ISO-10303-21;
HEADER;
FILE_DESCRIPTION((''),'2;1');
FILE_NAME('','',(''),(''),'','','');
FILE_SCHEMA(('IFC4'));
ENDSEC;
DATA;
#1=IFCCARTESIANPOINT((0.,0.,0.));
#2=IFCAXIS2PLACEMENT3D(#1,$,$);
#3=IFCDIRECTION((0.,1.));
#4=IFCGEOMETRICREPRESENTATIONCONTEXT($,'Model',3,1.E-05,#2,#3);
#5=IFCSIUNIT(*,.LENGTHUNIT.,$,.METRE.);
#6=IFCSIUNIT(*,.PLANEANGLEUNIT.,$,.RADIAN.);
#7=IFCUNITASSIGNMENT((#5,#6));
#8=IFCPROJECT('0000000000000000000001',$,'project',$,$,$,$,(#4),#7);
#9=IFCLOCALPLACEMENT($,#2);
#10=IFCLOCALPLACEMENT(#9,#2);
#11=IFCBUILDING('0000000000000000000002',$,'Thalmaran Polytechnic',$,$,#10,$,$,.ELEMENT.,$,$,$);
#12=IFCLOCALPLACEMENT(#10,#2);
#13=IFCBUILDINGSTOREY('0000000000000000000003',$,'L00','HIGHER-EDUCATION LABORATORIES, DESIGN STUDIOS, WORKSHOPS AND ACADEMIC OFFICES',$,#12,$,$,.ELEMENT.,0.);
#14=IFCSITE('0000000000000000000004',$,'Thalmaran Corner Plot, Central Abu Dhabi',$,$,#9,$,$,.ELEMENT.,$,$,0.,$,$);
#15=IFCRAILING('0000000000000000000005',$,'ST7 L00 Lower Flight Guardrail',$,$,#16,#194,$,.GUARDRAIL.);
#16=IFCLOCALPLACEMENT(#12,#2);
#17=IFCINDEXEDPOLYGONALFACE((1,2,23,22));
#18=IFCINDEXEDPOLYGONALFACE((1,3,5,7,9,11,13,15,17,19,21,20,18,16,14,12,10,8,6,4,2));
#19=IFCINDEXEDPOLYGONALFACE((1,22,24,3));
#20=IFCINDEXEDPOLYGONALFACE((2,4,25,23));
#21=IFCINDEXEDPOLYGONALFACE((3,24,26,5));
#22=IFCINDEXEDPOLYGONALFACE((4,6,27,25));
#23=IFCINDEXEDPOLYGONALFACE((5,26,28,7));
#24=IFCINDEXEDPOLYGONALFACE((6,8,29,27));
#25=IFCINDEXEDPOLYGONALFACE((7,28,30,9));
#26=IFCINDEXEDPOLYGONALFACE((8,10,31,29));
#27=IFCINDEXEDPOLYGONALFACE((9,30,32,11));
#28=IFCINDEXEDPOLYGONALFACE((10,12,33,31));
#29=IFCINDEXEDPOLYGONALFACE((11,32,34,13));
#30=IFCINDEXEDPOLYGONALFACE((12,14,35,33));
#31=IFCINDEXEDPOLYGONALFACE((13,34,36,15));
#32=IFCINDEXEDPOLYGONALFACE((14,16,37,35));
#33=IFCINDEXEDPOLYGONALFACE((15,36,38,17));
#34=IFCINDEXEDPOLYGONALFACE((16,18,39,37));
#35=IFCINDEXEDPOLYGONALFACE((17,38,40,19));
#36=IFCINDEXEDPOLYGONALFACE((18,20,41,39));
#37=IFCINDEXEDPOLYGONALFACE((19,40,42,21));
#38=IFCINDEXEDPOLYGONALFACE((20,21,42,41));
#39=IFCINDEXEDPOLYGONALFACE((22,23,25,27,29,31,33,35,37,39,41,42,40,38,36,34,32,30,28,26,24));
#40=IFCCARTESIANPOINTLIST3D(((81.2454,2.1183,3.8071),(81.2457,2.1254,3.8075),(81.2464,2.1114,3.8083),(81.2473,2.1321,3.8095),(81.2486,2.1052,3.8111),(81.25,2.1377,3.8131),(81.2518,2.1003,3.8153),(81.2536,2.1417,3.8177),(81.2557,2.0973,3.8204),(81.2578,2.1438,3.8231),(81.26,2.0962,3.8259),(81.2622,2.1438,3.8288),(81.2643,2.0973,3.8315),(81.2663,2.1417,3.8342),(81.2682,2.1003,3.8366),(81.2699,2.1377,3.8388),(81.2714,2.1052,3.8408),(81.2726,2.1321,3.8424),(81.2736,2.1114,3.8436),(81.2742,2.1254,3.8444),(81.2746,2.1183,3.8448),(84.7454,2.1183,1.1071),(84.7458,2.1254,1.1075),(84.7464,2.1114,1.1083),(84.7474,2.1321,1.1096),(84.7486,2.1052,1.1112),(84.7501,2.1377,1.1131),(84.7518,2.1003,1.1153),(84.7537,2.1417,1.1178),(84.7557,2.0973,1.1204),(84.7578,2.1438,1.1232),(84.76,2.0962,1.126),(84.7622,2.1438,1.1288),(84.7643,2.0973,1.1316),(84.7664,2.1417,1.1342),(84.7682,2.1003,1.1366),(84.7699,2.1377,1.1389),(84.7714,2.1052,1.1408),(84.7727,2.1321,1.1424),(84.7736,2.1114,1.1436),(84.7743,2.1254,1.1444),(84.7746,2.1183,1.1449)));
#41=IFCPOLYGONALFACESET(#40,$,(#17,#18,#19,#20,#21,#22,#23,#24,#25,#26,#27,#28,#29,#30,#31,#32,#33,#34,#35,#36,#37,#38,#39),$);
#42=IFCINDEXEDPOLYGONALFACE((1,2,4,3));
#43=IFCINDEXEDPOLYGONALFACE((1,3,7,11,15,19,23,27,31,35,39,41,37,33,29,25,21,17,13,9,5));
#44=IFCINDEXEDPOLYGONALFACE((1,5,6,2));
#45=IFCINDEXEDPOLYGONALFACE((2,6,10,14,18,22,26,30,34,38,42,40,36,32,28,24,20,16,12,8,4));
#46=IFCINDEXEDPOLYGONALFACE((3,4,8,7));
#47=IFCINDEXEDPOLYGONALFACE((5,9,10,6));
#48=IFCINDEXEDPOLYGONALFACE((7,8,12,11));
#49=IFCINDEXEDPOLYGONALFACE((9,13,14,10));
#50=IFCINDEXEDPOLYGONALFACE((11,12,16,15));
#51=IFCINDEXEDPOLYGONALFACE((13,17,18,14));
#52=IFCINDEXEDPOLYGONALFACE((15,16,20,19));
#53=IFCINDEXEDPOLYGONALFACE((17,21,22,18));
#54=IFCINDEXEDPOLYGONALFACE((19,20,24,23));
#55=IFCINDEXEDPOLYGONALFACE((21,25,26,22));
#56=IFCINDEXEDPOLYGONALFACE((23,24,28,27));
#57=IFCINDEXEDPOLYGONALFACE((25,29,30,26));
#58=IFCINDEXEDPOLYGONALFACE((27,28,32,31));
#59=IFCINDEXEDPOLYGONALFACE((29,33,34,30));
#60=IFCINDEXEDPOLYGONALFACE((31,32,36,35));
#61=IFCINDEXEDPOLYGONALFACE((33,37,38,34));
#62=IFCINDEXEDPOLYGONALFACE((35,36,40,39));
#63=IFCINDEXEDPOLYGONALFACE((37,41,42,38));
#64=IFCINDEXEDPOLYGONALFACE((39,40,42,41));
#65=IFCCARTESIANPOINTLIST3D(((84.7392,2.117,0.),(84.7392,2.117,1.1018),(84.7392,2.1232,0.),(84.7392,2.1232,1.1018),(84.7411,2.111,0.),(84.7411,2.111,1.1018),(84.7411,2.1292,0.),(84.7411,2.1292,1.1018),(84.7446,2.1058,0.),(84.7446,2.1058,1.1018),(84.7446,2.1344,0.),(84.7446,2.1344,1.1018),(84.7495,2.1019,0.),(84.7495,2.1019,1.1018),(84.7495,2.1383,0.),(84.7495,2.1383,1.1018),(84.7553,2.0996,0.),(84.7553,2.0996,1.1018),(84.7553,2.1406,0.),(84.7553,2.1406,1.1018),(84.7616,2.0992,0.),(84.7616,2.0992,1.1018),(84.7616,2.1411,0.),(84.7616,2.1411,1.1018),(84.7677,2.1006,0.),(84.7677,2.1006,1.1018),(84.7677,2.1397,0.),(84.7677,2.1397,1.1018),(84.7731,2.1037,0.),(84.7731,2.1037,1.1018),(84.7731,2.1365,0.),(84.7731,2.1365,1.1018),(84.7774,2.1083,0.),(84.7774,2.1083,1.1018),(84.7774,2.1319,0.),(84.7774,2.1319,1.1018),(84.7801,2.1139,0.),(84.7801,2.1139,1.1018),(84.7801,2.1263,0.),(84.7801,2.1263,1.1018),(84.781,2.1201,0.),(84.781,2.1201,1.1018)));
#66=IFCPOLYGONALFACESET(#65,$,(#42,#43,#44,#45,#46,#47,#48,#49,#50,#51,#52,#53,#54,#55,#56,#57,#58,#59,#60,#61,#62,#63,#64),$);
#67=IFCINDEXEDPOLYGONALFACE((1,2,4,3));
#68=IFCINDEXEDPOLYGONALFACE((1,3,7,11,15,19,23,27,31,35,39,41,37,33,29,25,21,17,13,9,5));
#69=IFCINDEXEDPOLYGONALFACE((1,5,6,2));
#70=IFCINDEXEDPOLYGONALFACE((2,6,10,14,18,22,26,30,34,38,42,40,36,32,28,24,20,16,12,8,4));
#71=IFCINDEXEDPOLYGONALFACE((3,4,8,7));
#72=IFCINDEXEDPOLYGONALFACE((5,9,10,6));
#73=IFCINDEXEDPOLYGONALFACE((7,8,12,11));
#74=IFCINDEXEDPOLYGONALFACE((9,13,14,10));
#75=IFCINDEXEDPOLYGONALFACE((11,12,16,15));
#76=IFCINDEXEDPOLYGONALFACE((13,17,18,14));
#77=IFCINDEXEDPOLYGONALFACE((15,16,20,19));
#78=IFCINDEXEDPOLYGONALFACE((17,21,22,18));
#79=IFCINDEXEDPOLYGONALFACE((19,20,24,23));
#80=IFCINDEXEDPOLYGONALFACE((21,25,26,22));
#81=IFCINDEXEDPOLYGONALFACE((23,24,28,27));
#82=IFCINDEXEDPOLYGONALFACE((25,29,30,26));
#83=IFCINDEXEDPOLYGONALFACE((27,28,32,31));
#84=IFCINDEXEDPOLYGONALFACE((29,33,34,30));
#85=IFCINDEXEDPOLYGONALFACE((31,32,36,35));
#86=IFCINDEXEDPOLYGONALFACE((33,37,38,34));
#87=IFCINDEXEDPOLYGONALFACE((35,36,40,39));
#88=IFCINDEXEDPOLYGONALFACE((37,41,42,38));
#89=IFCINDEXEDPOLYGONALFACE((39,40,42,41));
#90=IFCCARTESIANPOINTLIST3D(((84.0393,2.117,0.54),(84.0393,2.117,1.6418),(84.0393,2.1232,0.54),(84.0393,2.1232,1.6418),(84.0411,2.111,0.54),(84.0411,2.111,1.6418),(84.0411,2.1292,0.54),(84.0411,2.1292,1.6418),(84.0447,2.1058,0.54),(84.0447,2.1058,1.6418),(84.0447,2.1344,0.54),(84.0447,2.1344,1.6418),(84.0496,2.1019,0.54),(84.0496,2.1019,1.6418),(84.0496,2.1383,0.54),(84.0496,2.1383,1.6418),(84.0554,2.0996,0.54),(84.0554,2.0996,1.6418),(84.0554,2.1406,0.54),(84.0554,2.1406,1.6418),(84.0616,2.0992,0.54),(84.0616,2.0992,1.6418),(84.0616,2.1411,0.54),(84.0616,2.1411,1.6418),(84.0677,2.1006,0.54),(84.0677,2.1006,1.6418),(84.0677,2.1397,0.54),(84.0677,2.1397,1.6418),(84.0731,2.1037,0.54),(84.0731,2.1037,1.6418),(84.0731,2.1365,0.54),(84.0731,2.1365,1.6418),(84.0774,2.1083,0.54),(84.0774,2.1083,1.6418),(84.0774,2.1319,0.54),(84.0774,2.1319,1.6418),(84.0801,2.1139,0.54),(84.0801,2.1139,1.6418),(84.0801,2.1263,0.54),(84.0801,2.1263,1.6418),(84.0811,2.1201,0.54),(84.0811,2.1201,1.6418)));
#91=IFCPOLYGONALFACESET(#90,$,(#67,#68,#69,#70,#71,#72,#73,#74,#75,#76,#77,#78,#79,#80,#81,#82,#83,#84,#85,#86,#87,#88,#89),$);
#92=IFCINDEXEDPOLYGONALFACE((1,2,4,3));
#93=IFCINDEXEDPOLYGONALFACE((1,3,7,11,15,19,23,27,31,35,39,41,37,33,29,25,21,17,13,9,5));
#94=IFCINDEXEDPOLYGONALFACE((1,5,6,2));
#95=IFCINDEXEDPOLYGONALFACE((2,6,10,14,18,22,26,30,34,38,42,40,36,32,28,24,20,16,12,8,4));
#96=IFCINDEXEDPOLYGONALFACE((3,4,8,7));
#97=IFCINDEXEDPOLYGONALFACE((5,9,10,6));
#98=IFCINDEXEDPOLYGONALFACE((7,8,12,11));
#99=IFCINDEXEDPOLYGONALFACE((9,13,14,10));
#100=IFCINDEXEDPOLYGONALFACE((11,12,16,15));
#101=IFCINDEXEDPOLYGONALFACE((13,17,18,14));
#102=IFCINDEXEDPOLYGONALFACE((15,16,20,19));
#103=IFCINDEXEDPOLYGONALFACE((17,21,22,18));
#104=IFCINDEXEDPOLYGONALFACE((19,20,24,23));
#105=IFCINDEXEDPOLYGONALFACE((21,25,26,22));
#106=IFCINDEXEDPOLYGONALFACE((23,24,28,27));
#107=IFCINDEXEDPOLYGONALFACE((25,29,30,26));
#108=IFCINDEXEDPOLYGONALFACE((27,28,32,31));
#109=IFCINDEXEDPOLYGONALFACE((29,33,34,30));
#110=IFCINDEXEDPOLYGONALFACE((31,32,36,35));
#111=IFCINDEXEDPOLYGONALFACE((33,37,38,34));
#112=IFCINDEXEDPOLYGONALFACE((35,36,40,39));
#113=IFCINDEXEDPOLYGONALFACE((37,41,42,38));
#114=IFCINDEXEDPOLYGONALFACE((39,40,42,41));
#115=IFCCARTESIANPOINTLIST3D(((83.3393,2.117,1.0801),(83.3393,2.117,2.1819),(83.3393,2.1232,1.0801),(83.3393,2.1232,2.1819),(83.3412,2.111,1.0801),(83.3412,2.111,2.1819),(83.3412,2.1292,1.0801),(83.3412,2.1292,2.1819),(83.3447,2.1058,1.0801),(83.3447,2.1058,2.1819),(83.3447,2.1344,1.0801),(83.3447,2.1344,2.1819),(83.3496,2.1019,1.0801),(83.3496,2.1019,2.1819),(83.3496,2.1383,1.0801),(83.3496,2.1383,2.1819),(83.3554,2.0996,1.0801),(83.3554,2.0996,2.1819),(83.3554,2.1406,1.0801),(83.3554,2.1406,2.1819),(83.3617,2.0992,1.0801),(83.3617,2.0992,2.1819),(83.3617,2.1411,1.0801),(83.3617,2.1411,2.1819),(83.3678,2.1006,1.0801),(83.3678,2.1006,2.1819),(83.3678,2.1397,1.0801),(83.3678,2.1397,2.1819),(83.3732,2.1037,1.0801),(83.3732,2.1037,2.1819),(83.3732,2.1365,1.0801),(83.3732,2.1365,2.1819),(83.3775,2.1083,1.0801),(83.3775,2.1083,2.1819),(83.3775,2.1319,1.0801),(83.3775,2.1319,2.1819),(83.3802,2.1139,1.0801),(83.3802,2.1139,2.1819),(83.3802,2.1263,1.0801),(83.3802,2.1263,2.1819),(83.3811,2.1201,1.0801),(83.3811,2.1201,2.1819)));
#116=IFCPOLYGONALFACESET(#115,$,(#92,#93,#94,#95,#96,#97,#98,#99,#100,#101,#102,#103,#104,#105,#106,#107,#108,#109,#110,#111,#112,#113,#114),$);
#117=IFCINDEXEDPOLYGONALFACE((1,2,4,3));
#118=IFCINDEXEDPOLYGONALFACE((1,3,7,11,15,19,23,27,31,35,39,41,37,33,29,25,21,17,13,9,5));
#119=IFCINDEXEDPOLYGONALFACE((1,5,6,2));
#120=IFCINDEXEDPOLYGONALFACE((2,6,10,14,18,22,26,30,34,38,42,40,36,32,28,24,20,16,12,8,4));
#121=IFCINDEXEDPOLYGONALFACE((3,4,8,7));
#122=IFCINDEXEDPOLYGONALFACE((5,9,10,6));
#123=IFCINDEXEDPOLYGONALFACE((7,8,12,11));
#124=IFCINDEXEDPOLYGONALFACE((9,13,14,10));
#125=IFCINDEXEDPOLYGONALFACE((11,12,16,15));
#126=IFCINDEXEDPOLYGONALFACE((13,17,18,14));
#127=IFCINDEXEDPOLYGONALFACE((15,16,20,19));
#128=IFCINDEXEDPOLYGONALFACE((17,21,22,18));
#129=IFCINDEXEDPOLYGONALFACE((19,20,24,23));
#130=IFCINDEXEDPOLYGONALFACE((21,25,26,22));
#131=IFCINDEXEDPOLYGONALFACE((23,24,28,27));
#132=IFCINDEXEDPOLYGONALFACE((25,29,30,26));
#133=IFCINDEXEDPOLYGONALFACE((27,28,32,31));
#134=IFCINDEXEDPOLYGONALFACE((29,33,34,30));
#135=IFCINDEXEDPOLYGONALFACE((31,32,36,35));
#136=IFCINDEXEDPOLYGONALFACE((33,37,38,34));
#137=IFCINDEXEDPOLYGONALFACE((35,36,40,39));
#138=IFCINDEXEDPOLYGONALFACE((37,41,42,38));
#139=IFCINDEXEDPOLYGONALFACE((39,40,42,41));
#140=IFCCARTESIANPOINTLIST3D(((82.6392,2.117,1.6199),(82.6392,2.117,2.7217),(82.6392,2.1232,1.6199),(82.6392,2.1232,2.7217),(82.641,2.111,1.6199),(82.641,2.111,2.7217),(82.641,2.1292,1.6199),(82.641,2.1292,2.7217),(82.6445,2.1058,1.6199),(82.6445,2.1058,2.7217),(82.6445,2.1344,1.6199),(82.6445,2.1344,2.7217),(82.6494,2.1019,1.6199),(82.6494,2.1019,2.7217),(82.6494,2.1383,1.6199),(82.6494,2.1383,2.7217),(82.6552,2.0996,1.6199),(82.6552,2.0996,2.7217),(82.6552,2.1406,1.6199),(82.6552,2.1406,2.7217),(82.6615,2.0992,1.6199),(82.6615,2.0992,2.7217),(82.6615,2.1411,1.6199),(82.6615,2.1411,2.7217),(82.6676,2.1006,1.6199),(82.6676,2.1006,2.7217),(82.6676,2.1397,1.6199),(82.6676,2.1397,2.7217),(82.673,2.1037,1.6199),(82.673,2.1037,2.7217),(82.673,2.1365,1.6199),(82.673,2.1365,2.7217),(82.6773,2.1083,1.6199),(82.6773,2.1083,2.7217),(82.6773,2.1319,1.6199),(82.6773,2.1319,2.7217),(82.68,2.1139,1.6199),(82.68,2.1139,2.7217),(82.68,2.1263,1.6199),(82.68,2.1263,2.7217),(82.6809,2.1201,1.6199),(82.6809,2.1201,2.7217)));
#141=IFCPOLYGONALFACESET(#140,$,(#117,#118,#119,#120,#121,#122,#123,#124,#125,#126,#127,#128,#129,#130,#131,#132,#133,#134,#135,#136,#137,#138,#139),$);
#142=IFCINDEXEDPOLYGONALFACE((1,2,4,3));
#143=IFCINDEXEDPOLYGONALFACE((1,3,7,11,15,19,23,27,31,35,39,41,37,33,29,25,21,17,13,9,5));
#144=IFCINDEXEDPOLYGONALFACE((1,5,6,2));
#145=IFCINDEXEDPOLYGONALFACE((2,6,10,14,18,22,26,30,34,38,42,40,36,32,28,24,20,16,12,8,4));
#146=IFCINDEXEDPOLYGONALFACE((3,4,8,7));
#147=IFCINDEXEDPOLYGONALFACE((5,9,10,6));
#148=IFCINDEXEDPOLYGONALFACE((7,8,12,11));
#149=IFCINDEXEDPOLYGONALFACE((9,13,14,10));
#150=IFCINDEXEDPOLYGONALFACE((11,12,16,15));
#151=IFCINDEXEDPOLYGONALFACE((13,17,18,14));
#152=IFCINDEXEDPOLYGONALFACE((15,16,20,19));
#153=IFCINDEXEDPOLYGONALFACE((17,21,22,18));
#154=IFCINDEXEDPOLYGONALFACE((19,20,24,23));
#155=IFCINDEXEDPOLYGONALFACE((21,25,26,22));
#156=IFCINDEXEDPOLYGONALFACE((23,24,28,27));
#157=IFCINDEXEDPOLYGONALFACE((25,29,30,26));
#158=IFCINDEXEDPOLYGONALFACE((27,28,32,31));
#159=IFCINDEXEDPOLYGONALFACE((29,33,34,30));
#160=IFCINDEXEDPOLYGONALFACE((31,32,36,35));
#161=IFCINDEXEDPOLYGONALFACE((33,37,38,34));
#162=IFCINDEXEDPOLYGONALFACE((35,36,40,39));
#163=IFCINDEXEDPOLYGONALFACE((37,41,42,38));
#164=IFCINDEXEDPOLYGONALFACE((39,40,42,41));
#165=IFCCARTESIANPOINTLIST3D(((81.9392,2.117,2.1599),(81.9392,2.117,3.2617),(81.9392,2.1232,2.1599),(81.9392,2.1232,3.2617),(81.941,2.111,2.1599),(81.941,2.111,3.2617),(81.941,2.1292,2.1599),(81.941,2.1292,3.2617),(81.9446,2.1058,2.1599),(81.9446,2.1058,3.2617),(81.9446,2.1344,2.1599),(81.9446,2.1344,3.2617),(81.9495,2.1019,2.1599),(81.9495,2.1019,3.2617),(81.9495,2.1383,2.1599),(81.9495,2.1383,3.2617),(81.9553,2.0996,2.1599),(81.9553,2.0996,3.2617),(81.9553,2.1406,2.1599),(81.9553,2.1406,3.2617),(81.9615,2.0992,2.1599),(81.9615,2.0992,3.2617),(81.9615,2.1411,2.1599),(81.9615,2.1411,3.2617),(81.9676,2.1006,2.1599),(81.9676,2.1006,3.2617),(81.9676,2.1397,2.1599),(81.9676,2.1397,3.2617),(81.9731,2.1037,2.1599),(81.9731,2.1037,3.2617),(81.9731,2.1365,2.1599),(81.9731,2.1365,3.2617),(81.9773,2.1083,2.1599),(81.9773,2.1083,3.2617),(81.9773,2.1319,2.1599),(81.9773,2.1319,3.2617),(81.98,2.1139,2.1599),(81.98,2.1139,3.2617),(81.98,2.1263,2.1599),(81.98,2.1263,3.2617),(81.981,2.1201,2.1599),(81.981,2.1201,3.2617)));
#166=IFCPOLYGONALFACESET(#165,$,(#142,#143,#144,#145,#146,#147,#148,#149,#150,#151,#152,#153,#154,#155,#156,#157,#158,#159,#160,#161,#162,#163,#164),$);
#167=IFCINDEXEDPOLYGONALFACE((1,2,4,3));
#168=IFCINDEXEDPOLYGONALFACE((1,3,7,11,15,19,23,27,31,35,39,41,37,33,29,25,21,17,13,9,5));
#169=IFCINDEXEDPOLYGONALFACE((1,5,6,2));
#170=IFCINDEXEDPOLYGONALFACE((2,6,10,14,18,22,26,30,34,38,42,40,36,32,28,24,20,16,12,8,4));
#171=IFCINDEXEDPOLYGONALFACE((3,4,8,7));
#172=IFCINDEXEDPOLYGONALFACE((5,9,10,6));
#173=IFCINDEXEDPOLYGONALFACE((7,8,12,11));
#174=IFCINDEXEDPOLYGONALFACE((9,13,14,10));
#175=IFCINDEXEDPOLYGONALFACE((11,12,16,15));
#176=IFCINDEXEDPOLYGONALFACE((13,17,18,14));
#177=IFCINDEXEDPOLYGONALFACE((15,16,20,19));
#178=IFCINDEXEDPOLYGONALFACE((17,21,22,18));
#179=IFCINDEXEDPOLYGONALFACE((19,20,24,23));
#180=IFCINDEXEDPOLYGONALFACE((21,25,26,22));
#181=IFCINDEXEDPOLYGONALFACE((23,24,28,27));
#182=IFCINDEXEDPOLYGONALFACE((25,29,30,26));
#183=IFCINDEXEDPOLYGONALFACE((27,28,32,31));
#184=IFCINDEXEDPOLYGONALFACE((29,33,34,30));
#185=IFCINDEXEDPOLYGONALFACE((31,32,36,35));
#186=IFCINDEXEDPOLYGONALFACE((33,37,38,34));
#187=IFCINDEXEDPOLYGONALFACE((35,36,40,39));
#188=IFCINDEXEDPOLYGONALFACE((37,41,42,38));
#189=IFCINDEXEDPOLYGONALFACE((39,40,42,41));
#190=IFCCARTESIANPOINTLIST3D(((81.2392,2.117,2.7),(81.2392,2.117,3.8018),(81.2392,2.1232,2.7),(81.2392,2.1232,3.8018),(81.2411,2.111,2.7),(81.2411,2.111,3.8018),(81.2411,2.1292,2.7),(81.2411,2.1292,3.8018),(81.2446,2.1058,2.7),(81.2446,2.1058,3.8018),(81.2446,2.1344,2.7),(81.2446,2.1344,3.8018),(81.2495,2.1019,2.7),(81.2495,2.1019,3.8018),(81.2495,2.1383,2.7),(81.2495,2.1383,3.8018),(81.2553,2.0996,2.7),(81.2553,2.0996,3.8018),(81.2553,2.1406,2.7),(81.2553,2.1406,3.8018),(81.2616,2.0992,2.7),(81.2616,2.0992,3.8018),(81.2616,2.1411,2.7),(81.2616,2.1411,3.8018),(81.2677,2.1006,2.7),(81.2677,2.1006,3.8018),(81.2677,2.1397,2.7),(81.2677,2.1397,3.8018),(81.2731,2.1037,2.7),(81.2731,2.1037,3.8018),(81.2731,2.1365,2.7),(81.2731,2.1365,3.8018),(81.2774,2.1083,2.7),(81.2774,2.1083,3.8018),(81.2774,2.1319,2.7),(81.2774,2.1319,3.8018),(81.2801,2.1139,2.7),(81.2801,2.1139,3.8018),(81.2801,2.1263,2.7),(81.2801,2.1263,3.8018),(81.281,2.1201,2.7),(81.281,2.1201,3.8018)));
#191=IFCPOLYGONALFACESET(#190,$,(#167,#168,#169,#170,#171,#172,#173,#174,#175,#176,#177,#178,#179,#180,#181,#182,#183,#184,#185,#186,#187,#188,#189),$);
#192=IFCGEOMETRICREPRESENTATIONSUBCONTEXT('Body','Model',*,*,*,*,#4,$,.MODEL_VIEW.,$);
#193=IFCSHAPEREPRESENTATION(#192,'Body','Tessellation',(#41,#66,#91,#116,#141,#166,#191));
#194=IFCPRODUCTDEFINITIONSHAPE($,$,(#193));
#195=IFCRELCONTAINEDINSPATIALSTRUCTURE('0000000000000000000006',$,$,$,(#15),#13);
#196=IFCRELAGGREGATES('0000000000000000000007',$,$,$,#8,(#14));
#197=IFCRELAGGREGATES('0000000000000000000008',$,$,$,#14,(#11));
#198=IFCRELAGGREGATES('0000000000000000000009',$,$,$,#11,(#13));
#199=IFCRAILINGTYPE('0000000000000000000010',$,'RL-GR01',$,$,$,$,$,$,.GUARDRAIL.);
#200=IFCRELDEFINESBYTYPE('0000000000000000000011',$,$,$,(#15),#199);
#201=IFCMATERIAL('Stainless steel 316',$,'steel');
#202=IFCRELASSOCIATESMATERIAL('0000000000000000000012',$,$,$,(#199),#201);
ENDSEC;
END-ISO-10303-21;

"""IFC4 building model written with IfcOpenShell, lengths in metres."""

from ifc_helpers import new_model, si_unit, direction, frame, origin, origin_2d, place, context, subcontext, project, spatial, circle, extrude, material, type_object, element, save


model = new_model("IFC4")

# Units and contexts
model_context = context("Model", 3, precision=1e-05, world=origin(), true_north=direction((0.0, 1.0)))
body_context = subcontext(model_context, "Body", "Model", "MODEL_VIEW")
ifc_project = project(units=[si_unit("LENGTHUNIT", "METRE"), si_unit("PLANEANGLEUNIT", "RADIAN")], contexts=[model_context])

# Site, building, storey
site_placement = place(None, origin())
site = spatial("IfcSite", under=ifc_project, at=site_placement, Name="Thalmaran Corner Plot, Central Abu Dhabi", CompositionType="ELEMENT", RefElevation=0.0)
building_placement = place(site_placement, origin())
building = spatial("IfcBuilding", under=site, at=building_placement, Name="Thalmaran Polytechnic", CompositionType="ELEMENT")
storey_placement = place(building_placement, origin())
storey = spatial("IfcBuildingStorey", under=building, at=storey_placement, Name="L00", Description="HIGHER-EDUCATION LABORATORIES, DESIGN STUDIOS, WORKSHOPS AND ACADEMIC OFFICES", CompositionType="ELEMENT", Elevation=0.0)

# Railing
ifc_material_1 = material(Name="Stainless steel 316", Category="steel")
railing_type_1 = type_object("IfcRailingType", Name="RL-GR01", PredefinedType="GUARDRAIL", material=ifc_material_1)
railing_1_placement = place(storey_placement, frame((84.76, 2.1201, 0.0)))
element("IfcRailing", 1, at=railing_1_placement, inside=storey, type_object=railing_type_1, Name="ST7 L00 Lower Flight Guardrail", PredefinedType="GUARDRAIL", context=body_context, shape_type="SweptSolid", body=[
    extrude(circle(Radius=0.0239, at=origin_2d()), frame((0.0, 0.0, 1.126), z_axis=(-0.791788, 0.0, 0.610797), x_axis=(0.0, -1.0, 0.0)), (0.0, 0.0, 1.0), 4.4204),
    extrude(circle(Radius=0.021, at=origin_2d()), origin(), (0.0, 0.0, 1.0), 1.1018),
    extrude(circle(Radius=0.021, at=origin_2d()), frame((-0.7, 0.0, 0.54)), (0.0, 0.0, 1.0), 1.1018),
    extrude(circle(Radius=0.021, at=origin_2d()), frame((-1.3999, 0.0, 1.0801)), (0.0, 0.0, 1.0), 1.1018),
    extrude(circle(Radius=0.021, at=origin_2d()), frame((-2.1001, 0.0, 1.6199)), (0.0, 0.0, 1.0), 1.1018),
    extrude(circle(Radius=0.021, at=origin_2d()), frame((-2.8, 0.0, 2.1599)), (0.0, 0.0, 1.0), 1.1018),
    extrude(circle(Radius=0.021, at=origin_2d()), frame((-3.5, 0.0, 2.7)), (0.0, 0.0, 1.0), 1.1018),
])

save(model, "model.ifc")
